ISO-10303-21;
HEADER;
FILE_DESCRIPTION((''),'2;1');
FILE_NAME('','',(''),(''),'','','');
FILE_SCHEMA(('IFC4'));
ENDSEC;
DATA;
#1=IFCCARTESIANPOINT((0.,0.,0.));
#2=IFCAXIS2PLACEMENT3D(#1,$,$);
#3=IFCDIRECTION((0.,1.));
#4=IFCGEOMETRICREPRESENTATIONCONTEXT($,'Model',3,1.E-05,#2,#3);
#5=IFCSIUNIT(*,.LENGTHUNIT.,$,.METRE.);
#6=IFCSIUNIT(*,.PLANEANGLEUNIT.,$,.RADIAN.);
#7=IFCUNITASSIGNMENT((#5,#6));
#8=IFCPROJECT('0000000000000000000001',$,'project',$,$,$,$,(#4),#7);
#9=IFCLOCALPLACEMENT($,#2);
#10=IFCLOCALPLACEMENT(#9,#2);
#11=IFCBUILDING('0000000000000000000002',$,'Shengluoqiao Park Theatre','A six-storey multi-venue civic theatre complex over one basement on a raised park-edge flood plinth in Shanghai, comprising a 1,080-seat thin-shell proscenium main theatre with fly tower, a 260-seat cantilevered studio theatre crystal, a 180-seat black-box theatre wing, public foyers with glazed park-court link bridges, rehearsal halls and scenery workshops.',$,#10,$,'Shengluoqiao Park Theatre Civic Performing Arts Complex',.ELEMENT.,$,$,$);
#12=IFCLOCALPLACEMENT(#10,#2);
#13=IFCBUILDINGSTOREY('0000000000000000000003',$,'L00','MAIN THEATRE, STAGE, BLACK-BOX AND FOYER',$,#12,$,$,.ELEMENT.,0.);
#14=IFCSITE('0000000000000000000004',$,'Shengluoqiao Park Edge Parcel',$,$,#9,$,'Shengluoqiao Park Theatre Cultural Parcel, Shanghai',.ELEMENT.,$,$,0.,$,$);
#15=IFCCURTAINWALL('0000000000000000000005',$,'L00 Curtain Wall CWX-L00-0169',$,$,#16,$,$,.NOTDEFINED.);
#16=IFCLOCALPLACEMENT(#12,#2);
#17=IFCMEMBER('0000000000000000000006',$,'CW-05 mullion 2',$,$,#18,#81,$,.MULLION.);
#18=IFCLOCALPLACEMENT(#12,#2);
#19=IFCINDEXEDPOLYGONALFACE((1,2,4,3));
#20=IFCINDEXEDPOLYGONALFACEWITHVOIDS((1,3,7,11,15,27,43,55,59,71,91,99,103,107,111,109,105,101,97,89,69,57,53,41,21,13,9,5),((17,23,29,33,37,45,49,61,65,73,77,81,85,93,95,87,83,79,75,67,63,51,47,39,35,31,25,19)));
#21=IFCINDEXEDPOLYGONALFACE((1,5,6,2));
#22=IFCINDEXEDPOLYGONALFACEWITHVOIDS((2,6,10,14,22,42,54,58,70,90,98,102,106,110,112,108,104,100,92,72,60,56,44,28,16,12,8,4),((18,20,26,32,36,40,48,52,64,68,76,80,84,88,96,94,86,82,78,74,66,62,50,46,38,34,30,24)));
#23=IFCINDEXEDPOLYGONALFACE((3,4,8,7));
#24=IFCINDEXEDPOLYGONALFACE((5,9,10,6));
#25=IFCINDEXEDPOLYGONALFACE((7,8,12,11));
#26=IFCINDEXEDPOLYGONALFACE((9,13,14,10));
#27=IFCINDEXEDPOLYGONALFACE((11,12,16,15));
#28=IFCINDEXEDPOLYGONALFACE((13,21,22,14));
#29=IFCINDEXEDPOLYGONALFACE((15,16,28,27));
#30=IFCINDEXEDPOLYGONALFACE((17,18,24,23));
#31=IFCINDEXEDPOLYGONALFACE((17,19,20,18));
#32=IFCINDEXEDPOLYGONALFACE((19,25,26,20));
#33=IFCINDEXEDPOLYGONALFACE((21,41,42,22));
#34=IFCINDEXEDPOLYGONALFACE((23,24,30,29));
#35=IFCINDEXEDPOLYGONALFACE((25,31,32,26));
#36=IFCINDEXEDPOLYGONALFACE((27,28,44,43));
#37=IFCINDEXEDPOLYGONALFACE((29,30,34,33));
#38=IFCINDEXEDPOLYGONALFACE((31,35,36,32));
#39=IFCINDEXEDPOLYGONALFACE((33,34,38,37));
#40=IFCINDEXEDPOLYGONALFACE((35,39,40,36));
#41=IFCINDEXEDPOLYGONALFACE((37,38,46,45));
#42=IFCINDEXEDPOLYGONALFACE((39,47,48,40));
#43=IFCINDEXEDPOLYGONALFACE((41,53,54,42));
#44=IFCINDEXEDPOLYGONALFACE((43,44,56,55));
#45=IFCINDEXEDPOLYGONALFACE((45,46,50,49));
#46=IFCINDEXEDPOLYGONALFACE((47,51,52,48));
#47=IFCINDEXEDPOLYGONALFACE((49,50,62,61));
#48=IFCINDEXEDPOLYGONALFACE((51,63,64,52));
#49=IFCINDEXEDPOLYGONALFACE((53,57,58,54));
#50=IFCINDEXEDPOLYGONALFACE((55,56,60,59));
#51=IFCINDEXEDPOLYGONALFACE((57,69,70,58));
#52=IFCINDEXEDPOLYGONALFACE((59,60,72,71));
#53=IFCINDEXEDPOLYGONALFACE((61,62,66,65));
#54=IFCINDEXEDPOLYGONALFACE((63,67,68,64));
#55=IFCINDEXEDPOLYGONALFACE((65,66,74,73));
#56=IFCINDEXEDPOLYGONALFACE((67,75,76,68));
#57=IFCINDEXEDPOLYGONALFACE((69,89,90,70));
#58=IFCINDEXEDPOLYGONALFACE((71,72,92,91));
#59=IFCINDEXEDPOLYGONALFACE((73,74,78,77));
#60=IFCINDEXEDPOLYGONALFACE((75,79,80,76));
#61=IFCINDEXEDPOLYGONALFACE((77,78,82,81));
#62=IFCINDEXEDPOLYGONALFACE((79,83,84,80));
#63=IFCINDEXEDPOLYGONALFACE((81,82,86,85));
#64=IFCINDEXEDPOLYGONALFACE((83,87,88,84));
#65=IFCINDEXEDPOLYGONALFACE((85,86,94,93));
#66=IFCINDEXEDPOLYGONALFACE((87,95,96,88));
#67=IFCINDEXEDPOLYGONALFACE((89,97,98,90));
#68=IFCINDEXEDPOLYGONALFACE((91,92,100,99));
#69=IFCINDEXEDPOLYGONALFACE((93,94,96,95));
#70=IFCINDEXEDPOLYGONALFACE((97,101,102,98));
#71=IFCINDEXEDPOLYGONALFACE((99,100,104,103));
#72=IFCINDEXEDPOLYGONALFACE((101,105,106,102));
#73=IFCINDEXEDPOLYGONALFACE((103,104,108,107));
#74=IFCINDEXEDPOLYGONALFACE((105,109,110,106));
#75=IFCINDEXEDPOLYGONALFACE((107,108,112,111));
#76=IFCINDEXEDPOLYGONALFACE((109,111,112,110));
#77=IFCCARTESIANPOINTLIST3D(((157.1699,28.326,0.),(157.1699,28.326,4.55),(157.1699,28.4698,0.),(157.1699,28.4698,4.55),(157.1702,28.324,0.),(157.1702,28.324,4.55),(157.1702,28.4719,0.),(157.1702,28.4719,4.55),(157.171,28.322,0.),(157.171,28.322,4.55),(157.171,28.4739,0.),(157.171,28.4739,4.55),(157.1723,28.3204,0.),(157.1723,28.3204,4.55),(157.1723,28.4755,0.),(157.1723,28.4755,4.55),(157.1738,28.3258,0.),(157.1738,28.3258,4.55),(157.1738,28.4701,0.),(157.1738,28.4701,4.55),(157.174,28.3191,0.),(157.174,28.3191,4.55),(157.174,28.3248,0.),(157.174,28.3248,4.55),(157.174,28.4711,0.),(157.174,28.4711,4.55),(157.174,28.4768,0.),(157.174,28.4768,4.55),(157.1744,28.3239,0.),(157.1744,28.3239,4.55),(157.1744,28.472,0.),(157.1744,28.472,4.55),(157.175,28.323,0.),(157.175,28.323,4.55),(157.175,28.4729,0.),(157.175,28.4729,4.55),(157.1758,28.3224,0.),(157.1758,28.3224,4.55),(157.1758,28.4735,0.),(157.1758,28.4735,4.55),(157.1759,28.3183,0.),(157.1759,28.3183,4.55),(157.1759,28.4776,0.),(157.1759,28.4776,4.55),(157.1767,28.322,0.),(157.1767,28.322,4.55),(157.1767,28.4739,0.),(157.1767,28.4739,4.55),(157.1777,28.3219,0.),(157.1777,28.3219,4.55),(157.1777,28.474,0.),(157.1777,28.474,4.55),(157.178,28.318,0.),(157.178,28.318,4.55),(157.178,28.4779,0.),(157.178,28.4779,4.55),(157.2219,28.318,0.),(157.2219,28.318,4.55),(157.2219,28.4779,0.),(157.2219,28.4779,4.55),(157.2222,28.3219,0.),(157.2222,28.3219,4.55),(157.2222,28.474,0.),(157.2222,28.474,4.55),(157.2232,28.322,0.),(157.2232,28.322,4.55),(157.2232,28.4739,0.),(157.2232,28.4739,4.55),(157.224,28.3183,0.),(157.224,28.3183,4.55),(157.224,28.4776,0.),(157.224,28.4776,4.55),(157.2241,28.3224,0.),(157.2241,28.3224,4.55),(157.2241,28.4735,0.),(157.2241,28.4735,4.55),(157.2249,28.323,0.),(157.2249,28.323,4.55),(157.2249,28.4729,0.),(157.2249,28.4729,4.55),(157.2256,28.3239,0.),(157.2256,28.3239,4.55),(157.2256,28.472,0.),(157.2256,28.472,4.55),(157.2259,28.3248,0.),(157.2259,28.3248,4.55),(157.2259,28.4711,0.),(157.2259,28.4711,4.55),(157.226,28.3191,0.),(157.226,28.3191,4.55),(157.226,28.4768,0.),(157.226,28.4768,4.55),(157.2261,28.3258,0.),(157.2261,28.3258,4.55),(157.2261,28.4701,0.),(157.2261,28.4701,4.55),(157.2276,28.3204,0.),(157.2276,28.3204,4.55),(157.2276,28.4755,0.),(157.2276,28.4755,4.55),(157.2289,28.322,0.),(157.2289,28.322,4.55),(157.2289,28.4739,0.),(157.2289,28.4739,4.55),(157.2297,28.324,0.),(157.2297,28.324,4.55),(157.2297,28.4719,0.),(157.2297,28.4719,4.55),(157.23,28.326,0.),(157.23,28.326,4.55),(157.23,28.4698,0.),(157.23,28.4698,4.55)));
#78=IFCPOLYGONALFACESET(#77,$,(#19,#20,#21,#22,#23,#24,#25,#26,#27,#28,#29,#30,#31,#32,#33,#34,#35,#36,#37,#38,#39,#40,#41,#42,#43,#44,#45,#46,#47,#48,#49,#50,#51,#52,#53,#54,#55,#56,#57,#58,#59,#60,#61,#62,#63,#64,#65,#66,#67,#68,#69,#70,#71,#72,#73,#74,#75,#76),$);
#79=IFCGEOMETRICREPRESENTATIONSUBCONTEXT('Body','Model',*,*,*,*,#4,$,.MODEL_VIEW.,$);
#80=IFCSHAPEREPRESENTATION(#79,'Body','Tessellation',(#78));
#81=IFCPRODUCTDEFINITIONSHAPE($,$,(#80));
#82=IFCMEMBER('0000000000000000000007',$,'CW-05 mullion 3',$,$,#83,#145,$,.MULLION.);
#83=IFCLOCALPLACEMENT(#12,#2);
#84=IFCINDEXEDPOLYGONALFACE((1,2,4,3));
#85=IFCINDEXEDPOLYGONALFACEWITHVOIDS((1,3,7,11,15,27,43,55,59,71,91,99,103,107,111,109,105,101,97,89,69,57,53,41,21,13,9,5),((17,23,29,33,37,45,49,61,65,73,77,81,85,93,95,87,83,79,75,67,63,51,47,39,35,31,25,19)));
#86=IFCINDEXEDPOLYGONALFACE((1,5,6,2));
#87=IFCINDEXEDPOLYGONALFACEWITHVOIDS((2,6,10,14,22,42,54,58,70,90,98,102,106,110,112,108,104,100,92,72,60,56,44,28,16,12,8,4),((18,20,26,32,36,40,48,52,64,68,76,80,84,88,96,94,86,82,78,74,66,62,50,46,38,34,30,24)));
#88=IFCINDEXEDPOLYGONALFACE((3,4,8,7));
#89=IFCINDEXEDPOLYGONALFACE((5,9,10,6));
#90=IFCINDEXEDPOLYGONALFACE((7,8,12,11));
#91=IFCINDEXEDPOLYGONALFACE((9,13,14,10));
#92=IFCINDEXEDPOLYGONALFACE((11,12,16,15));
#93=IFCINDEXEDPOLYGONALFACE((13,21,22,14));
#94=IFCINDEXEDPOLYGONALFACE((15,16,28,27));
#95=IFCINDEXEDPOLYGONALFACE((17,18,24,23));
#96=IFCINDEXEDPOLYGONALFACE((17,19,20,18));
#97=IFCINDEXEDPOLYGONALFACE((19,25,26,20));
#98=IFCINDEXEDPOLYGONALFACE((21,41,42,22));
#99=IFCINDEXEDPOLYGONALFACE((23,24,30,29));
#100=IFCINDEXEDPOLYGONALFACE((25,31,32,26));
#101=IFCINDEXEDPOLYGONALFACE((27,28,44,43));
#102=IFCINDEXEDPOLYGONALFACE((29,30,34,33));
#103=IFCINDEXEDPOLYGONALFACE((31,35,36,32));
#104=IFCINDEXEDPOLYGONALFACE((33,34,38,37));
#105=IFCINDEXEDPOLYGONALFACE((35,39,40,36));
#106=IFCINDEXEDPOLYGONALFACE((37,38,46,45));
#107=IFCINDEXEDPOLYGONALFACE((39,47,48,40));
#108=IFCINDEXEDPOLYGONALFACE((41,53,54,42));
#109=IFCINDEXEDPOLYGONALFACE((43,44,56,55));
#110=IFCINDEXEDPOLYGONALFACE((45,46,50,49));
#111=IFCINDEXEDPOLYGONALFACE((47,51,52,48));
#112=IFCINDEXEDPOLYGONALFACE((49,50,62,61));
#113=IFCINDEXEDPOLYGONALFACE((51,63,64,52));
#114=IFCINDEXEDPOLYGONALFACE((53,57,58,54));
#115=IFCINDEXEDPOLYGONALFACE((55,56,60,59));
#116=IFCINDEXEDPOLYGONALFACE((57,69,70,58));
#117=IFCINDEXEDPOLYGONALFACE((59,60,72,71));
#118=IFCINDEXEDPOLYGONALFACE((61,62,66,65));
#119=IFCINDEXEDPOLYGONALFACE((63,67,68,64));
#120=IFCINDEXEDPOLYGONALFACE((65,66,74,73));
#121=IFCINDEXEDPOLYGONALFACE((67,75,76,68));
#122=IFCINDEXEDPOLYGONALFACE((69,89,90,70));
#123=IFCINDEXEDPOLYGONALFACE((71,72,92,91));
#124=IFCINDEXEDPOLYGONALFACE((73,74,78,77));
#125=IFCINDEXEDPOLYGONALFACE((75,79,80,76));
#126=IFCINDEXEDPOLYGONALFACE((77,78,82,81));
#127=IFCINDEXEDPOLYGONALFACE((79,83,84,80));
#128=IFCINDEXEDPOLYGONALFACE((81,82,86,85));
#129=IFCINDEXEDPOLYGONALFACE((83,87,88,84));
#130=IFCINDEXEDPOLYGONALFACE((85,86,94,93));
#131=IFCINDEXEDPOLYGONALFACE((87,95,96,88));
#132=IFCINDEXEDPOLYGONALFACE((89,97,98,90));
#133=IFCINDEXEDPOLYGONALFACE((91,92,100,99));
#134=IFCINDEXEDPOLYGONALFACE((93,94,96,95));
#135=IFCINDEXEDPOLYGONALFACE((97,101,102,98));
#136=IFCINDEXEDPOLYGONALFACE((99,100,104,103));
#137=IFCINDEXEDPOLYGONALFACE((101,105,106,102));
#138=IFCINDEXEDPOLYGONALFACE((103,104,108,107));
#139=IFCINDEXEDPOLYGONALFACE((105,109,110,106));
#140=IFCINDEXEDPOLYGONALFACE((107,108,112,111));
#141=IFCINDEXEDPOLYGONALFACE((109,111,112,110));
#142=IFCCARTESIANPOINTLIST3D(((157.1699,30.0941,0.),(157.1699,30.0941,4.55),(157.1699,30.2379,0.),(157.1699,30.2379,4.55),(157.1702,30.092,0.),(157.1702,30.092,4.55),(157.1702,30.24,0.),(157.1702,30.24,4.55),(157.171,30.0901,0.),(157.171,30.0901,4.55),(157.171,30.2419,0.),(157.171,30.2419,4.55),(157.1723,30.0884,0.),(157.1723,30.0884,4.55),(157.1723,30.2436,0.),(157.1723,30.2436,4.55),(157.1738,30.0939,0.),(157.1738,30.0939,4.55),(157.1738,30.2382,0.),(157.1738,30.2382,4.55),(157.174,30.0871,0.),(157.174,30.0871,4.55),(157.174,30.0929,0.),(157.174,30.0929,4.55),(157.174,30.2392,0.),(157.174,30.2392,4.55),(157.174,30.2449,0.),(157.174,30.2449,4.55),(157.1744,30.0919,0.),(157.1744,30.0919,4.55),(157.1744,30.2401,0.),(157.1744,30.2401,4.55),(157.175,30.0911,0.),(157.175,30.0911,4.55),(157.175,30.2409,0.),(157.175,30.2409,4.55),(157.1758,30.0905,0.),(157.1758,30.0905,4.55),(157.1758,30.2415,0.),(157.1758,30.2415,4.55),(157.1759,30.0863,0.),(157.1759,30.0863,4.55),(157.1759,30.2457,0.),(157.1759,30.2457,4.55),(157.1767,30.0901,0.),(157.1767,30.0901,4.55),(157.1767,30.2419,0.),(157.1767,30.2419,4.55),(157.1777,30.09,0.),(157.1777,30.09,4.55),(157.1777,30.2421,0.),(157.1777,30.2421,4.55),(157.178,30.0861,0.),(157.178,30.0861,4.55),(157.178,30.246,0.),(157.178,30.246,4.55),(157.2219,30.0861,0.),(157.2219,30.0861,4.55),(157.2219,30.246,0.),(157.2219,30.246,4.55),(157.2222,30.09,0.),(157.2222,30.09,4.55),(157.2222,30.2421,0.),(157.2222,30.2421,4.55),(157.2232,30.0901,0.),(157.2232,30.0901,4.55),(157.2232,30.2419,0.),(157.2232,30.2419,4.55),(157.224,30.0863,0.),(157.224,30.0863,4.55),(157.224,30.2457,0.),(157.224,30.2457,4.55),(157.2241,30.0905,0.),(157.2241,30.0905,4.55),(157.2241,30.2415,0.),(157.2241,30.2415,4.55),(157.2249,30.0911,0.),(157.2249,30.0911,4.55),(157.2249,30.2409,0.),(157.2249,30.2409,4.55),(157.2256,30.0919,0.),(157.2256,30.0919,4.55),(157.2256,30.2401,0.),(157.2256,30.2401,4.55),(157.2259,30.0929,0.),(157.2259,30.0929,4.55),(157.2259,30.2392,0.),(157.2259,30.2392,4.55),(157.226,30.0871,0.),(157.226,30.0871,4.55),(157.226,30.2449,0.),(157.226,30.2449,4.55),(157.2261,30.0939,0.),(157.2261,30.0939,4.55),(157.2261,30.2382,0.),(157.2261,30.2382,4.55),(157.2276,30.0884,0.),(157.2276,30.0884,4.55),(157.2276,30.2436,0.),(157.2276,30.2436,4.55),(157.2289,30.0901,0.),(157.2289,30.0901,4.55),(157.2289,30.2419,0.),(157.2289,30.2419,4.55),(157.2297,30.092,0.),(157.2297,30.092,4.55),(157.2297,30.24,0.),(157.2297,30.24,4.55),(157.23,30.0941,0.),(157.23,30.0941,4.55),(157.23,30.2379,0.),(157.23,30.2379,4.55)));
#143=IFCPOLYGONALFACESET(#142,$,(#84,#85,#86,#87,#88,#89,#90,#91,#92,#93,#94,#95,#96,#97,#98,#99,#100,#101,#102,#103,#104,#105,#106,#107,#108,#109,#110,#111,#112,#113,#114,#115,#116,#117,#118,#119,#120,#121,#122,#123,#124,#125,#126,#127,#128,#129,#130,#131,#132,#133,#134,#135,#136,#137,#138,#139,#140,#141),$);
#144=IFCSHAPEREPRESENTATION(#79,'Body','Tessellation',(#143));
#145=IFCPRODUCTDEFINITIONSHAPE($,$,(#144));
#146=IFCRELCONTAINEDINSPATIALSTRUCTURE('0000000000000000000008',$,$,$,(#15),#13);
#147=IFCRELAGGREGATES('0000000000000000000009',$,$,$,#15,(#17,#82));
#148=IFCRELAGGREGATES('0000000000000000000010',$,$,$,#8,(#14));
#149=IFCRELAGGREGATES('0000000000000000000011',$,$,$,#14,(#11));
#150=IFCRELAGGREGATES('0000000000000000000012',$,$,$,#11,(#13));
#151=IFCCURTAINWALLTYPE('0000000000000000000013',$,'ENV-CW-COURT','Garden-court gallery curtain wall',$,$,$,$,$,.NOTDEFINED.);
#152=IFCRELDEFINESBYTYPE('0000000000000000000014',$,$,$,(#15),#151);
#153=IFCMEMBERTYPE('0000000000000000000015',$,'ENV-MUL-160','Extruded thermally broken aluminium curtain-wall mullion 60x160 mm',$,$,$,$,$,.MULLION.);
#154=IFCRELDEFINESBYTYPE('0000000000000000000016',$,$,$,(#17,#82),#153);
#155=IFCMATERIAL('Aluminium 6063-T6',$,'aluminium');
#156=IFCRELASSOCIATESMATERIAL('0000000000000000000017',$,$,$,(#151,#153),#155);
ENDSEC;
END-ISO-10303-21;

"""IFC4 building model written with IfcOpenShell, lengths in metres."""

from ifc_helpers import new_model, si_unit, direction, frame, origin, origin_2d, place, context, subcontext, project, spatial, hollow_rectangle, extrude, material, material_profile, profile_set, type_object, element, aggregate, save


model = new_model("IFC4")

# Units and contexts
model_context = context("Model", 3, precision=1e-05, world=origin(), true_north=direction((0.0, 1.0)))
body_context = subcontext(model_context, "Body", "Model", "MODEL_VIEW")
ifc_project = project(units=[si_unit("LENGTHUNIT", "METRE"), si_unit("PLANEANGLEUNIT", "RADIAN")], contexts=[model_context])

# Site, building, storey
site_placement = place(None, origin())
site = spatial("IfcSite", under=ifc_project, at=site_placement, Name="Shengluoqiao Park Edge Parcel", LongName="Shengluoqiao Park Theatre Cultural Parcel, Shanghai", CompositionType="ELEMENT", RefElevation=0.0)
building_placement = place(site_placement, origin())
building = spatial("IfcBuilding", under=site, at=building_placement, Name="Shengluoqiao Park Theatre", Description="A six-storey multi-venue civic theatre complex over one basement on a raised park-edge flood plinth in Shanghai, comprising a 1,080-seat thin-shell proscenium main theatre with fly tower, a 260-seat cantilevered studio theatre crystal, a 180-seat black-box theatre wing, public foyers with glazed park-court link bridges, rehearsal halls and scenery workshops.", LongName="Shengluoqiao Park Theatre Civic Performing Arts Complex", CompositionType="ELEMENT")
storey_placement = place(building_placement, origin())
storey = spatial("IfcBuildingStorey", under=building, at=storey_placement, Name="L00", Description="MAIN THEATRE, STAGE, BLACK-BOX AND FOYER", CompositionType="ELEMENT", Elevation=0.0)

# Shared definitions
ifc_material_1 = material(Name="Aluminium 6063-T6", Category="aluminium")
curtain_wall_type = type_object("IfcCurtainWallType", Name="ENV-CW-COURT", Description="Garden-court gallery curtain wall", PredefinedType="NOTDEFINED", material=ifc_material_1)
ifc_material_profile_1 = material_profile(ifc_material_1, hollow_rectangle(XDim=0.0601, YDim=0.1599, WallThickness=0.0039, InnerFilletRadius=0.0039, OuterFilletRadius=0.0081, at=origin_2d()), Name="ALU MULLION 160x60x4")
ifc_profile_set_1 = profile_set([ifc_material_profile_1], Name="Aluminium 6063-T6")
member_type_1 = type_object("IfcMemberType", Name="ENV-MUL-160", Description="Extruded thermally broken aluminium curtain-wall mullion 60x160 mm", PredefinedType="MULLION", material=ifc_profile_set_1)

# Curtain wall, members
curtain_wall_1_placement = place(storey_placement, origin())
curtain_wall_1 = element("IfcCurtainWall", 1, at=curtain_wall_1_placement, inside=storey, type_object=curtain_wall_type, Name="L00 Curtain Wall CWX-L00-0169", PredefinedType="NOTDEFINED")
member_1_placement = place(storey_placement, frame((157.2, 28.3979, 0.0), z_axis=(0.0, 0.0, 1.0), x_axis=(-1.0, 0.0, 0.0)))
member_1 = element("IfcMember", 2, at=member_1_placement, type_object=member_type_1, Name="CW-05 mullion 2", PredefinedType="MULLION", context=body_context, shape_type="SweptSolid", body=[
    extrude(hollow_rectangle(XDim=0.0601, YDim=0.1599, WallThickness=0.0039, InnerFilletRadius=0.0039, OuterFilletRadius=0.0081, at=origin_2d()), origin(), (0.0, 0.0, 1.0), 4.55),
])
member_2_placement = place(storey_placement, frame((157.2, 30.166, 0.0), z_axis=(0.0, 0.0, 1.0), x_axis=(-1.0, 0.0, 0.0)))
member_2 = element("IfcMember", 3, at=member_2_placement, type_object=member_type_1, Name="CW-05 mullion 3", PredefinedType="MULLION", context=body_context, shape_type="SweptSolid", body=[
    extrude(hollow_rectangle(XDim=0.0601, YDim=0.1599, WallThickness=0.0039, InnerFilletRadius=0.0039, OuterFilletRadius=0.0081, at=origin_2d()), origin(), (0.0, 0.0, 1.0), 4.55),
])

aggregate(curtain_wall_1, [member_1, member_2])

save(model, "model.ifc")
